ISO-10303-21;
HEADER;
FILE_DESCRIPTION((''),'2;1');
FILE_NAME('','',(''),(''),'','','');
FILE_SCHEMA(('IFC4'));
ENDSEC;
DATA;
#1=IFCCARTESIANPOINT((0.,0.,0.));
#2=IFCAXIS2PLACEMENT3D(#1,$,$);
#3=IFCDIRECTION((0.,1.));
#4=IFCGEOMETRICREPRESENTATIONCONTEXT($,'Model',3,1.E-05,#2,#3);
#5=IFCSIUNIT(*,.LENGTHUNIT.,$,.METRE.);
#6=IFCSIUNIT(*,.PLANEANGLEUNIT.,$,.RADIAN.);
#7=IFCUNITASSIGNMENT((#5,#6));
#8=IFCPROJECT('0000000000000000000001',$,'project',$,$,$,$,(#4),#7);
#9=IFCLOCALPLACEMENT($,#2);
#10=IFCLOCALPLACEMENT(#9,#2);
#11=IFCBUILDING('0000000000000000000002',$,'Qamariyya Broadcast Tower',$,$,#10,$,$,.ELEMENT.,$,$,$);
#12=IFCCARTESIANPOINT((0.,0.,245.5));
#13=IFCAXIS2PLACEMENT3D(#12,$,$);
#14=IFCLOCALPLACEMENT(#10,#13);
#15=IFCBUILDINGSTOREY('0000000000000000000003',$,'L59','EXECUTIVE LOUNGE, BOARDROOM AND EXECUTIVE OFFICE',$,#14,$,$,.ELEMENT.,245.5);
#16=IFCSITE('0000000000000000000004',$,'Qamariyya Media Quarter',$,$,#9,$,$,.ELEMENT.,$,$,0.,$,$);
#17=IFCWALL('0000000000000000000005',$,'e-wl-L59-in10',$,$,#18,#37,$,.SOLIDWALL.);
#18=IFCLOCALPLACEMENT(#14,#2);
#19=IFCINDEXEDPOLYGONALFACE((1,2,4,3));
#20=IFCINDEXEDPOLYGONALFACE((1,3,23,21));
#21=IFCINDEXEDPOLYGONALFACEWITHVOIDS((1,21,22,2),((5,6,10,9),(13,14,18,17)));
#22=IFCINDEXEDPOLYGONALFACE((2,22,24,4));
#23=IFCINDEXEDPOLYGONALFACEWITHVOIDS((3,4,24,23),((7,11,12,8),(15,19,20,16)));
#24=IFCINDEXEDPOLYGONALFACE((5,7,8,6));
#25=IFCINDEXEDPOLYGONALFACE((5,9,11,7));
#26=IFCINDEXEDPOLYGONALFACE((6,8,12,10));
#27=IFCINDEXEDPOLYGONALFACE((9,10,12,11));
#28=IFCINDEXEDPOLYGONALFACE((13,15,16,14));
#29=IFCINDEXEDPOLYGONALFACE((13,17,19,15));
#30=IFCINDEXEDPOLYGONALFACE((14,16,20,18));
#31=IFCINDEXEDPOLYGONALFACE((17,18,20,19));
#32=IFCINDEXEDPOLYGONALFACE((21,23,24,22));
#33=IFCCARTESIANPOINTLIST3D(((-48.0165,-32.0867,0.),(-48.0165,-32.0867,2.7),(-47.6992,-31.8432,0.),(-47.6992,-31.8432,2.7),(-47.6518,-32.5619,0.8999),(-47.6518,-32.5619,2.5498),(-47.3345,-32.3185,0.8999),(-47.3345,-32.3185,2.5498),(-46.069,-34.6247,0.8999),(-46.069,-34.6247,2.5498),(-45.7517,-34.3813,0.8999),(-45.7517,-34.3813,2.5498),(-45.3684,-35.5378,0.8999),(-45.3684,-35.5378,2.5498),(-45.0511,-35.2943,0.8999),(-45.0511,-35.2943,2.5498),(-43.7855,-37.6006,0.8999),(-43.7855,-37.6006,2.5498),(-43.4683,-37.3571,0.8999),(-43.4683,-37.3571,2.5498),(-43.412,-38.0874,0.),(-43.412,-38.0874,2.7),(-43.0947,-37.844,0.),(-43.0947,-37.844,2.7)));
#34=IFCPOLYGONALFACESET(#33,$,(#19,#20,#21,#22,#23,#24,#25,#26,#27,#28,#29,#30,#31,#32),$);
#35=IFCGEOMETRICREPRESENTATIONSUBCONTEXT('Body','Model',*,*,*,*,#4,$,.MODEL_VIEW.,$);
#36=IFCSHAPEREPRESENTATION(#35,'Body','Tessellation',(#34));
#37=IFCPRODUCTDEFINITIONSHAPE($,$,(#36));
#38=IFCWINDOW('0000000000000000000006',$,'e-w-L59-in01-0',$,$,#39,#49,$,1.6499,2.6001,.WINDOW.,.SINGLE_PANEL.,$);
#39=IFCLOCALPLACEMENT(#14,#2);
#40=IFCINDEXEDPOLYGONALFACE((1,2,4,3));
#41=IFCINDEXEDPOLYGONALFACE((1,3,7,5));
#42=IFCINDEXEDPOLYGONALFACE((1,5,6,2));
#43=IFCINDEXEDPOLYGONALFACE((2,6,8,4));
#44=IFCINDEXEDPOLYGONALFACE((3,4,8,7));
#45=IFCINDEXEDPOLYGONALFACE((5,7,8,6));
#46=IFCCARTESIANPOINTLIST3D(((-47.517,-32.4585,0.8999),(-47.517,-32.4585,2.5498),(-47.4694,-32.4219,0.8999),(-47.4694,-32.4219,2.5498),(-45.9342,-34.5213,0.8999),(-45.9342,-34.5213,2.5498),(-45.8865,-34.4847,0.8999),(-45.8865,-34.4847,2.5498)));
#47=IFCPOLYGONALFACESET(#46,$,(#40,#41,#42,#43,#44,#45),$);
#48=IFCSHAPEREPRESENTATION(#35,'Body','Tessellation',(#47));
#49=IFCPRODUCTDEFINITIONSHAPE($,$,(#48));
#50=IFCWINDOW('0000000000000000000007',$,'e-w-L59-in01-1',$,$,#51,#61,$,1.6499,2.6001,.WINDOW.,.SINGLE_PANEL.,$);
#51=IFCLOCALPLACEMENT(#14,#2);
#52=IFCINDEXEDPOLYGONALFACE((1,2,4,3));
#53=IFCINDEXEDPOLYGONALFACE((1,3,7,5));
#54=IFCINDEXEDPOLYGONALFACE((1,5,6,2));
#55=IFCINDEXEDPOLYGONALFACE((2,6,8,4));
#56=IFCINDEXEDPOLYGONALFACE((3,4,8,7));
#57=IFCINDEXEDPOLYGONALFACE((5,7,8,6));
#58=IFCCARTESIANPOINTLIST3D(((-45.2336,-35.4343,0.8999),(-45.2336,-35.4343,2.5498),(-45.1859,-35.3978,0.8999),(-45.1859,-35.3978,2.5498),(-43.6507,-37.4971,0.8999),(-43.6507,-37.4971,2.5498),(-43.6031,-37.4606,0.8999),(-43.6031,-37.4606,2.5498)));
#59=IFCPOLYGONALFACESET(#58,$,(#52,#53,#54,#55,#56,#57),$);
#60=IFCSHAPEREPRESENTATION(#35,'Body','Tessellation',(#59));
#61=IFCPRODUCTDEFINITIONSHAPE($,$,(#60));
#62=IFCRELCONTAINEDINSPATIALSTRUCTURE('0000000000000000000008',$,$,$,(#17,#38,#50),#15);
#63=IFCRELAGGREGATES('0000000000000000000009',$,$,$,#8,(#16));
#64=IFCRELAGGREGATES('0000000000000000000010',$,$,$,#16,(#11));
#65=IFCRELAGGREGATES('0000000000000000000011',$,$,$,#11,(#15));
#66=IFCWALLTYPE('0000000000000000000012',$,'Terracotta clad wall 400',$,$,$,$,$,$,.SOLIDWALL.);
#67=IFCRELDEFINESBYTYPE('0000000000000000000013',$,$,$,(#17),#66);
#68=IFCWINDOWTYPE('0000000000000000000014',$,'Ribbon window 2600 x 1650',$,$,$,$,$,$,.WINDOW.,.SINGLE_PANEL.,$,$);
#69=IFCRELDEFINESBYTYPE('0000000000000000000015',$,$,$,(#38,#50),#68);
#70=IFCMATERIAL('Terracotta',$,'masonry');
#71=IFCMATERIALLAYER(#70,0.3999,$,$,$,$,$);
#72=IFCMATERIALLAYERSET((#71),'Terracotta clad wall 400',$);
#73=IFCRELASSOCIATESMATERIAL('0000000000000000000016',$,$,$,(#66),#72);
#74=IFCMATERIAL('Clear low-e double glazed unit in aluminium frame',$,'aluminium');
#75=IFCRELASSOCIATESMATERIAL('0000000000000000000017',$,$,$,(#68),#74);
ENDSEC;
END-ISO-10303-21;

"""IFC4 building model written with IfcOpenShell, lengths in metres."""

from ifc_helpers import new_model, si_unit, direction, frame, frame_2d, origin, place, context, subcontext, project, spatial, rectangle, extrude, material, layer, layer_set, type_object, element, fill, save


model = new_model("IFC4")

# Units and contexts
model_context = context("Model", 3, precision=1e-05, world=origin(), true_north=direction((0.0, 1.0)))
body_context = subcontext(model_context, "Body", "Model", "MODEL_VIEW")
ifc_project = project(units=[si_unit("LENGTHUNIT", "METRE"), si_unit("PLANEANGLEUNIT", "RADIAN")], contexts=[model_context])

# Site, building, storey
site_placement = place(None, origin())
site = spatial("IfcSite", under=ifc_project, at=site_placement, Name="Qamariyya Media Quarter", CompositionType="ELEMENT", RefElevation=0.0)
building_placement = place(site_placement, origin())
building = spatial("IfcBuilding", under=site, at=building_placement, Name="Qamariyya Broadcast Tower", CompositionType="ELEMENT")
storey_placement = place(building_placement, frame((0.0, 0.0, 245.5)))
storey = spatial("IfcBuildingStorey", under=building, at=storey_placement, Name="L59", Description="EXECUTIVE LOUNGE, BOARDROOM AND EXECUTIVE OFFICE", CompositionType="ELEMENT", Elevation=245.5)

# Shared definitions
ifc_material_1 = material(Name="Terracotta", Category="masonry")
ifc_layer = layer(ifc_material_1, 0.3999)
ifc_layer_set = layer_set([ifc_layer], Name="Terracotta clad wall 400")
wall_type = type_object("IfcWallType", Name="Terracotta clad wall 400", PredefinedType="SOLIDWALL", material=ifc_layer_set)
ifc_material_2 = material(Name="Clear low-e double glazed unit in aluminium frame", Category="aluminium")

# Wall, openings, windows
wall_1_placement = place(storey_placement, frame((-43.2534, -37.9656, 0.0), z_axis=(0.0, 0.0, 1.0), x_axis=(-0.608759, 0.793355, 0.0)))
wall_1 = element("IfcWall", 1, at=wall_1_placement, inside=storey, type_object=wall_type, Name="e-wl-L59-in10", PredefinedType="SOLIDWALL", context=body_context, shape_type="SweptSolid", body=[
    extrude(rectangle(XDim=7.5637, YDim=0.3999, at=frame_2d((3.7817, 0.0))), origin(), (0.0, 0.0, 1.0), 2.7),
])
opening_1_placement = place(wall_1_placement, frame((4.3645, 0.0, 0.8999)))
opening_1 = element("IfcOpeningElement", 2, at=opening_1_placement, cuts=wall_1, PredefinedType="OPENING", context=body_context, shape_type="SweptSolid", body=[
    extrude(rectangle(XDim=2.6001, YDim=1.6499, at=frame_2d((1.3, 0.825))), frame((0.0, 0.21, 0.0), z_axis=(0.0, -1.0, 0.0), x_axis=(1.0, 0.0, 0.0)), (0.0, 0.0, 1.0), 0.4199),
])
opening_2_placement = place(wall_1_placement, frame((0.6135, 0.0, 0.8999)))
opening_2 = element("IfcOpeningElement", 3, at=opening_2_placement, cuts=wall_1, PredefinedType="OPENING", context=body_context, shape_type="SweptSolid", body=[
    extrude(rectangle(XDim=2.6001, YDim=1.6499, at=frame_2d((1.3, 0.825))), frame((0.0, 0.21, 0.0), z_axis=(0.0, -1.0, 0.0), x_axis=(1.0, 0.0, 0.0)), (0.0, 0.0, 1.0), 0.4199),
])
window_type_1 = type_object("IfcWindowType", Name="Ribbon window 2600 x 1650", PartitioningType="SINGLE_PANEL", PredefinedType="WINDOW", material=ifc_material_2)
window_1_placement = place(opening_1_placement, origin())
window_1 = element("IfcWindow", 4, at=window_1_placement, inside=storey, type_object=window_type_1, Name="e-w-L59-in01-0", OverallHeight=1.6499, OverallWidth=2.6001, PartitioningType="SINGLE_PANEL", PredefinedType="WINDOW", context=body_context, shape_type="SweptSolid", body=[
    extrude(rectangle(XDim=2.6001, YDim=1.6499, at=frame_2d((1.3, 0.825))), frame((0.0, 0.03, 0.0), z_axis=(0.0, -1.0, 0.0), x_axis=(1.0, 0.0, 0.0)), (0.0, 0.0, 1.0), 0.0601),
])
fill(opening_1, window_1)
window_2_placement = place(opening_2_placement, origin())
window_2 = element("IfcWindow", 5, at=window_2_placement, inside=storey, type_object=window_type_1, Name="e-w-L59-in01-1", OverallHeight=1.6499, OverallWidth=2.6001, PartitioningType="SINGLE_PANEL", PredefinedType="WINDOW", context=body_context, shape_type="SweptSolid", body=[
    extrude(rectangle(XDim=2.6001, YDim=1.6499, at=frame_2d((1.3, 0.825))), frame((0.0, 0.03, 0.0), z_axis=(0.0, -1.0, 0.0), x_axis=(1.0, 0.0, 0.0)), (0.0, 0.0, 1.0), 0.0601),
])
fill(opening_2, window_2)

save(model, "model.ifc")
